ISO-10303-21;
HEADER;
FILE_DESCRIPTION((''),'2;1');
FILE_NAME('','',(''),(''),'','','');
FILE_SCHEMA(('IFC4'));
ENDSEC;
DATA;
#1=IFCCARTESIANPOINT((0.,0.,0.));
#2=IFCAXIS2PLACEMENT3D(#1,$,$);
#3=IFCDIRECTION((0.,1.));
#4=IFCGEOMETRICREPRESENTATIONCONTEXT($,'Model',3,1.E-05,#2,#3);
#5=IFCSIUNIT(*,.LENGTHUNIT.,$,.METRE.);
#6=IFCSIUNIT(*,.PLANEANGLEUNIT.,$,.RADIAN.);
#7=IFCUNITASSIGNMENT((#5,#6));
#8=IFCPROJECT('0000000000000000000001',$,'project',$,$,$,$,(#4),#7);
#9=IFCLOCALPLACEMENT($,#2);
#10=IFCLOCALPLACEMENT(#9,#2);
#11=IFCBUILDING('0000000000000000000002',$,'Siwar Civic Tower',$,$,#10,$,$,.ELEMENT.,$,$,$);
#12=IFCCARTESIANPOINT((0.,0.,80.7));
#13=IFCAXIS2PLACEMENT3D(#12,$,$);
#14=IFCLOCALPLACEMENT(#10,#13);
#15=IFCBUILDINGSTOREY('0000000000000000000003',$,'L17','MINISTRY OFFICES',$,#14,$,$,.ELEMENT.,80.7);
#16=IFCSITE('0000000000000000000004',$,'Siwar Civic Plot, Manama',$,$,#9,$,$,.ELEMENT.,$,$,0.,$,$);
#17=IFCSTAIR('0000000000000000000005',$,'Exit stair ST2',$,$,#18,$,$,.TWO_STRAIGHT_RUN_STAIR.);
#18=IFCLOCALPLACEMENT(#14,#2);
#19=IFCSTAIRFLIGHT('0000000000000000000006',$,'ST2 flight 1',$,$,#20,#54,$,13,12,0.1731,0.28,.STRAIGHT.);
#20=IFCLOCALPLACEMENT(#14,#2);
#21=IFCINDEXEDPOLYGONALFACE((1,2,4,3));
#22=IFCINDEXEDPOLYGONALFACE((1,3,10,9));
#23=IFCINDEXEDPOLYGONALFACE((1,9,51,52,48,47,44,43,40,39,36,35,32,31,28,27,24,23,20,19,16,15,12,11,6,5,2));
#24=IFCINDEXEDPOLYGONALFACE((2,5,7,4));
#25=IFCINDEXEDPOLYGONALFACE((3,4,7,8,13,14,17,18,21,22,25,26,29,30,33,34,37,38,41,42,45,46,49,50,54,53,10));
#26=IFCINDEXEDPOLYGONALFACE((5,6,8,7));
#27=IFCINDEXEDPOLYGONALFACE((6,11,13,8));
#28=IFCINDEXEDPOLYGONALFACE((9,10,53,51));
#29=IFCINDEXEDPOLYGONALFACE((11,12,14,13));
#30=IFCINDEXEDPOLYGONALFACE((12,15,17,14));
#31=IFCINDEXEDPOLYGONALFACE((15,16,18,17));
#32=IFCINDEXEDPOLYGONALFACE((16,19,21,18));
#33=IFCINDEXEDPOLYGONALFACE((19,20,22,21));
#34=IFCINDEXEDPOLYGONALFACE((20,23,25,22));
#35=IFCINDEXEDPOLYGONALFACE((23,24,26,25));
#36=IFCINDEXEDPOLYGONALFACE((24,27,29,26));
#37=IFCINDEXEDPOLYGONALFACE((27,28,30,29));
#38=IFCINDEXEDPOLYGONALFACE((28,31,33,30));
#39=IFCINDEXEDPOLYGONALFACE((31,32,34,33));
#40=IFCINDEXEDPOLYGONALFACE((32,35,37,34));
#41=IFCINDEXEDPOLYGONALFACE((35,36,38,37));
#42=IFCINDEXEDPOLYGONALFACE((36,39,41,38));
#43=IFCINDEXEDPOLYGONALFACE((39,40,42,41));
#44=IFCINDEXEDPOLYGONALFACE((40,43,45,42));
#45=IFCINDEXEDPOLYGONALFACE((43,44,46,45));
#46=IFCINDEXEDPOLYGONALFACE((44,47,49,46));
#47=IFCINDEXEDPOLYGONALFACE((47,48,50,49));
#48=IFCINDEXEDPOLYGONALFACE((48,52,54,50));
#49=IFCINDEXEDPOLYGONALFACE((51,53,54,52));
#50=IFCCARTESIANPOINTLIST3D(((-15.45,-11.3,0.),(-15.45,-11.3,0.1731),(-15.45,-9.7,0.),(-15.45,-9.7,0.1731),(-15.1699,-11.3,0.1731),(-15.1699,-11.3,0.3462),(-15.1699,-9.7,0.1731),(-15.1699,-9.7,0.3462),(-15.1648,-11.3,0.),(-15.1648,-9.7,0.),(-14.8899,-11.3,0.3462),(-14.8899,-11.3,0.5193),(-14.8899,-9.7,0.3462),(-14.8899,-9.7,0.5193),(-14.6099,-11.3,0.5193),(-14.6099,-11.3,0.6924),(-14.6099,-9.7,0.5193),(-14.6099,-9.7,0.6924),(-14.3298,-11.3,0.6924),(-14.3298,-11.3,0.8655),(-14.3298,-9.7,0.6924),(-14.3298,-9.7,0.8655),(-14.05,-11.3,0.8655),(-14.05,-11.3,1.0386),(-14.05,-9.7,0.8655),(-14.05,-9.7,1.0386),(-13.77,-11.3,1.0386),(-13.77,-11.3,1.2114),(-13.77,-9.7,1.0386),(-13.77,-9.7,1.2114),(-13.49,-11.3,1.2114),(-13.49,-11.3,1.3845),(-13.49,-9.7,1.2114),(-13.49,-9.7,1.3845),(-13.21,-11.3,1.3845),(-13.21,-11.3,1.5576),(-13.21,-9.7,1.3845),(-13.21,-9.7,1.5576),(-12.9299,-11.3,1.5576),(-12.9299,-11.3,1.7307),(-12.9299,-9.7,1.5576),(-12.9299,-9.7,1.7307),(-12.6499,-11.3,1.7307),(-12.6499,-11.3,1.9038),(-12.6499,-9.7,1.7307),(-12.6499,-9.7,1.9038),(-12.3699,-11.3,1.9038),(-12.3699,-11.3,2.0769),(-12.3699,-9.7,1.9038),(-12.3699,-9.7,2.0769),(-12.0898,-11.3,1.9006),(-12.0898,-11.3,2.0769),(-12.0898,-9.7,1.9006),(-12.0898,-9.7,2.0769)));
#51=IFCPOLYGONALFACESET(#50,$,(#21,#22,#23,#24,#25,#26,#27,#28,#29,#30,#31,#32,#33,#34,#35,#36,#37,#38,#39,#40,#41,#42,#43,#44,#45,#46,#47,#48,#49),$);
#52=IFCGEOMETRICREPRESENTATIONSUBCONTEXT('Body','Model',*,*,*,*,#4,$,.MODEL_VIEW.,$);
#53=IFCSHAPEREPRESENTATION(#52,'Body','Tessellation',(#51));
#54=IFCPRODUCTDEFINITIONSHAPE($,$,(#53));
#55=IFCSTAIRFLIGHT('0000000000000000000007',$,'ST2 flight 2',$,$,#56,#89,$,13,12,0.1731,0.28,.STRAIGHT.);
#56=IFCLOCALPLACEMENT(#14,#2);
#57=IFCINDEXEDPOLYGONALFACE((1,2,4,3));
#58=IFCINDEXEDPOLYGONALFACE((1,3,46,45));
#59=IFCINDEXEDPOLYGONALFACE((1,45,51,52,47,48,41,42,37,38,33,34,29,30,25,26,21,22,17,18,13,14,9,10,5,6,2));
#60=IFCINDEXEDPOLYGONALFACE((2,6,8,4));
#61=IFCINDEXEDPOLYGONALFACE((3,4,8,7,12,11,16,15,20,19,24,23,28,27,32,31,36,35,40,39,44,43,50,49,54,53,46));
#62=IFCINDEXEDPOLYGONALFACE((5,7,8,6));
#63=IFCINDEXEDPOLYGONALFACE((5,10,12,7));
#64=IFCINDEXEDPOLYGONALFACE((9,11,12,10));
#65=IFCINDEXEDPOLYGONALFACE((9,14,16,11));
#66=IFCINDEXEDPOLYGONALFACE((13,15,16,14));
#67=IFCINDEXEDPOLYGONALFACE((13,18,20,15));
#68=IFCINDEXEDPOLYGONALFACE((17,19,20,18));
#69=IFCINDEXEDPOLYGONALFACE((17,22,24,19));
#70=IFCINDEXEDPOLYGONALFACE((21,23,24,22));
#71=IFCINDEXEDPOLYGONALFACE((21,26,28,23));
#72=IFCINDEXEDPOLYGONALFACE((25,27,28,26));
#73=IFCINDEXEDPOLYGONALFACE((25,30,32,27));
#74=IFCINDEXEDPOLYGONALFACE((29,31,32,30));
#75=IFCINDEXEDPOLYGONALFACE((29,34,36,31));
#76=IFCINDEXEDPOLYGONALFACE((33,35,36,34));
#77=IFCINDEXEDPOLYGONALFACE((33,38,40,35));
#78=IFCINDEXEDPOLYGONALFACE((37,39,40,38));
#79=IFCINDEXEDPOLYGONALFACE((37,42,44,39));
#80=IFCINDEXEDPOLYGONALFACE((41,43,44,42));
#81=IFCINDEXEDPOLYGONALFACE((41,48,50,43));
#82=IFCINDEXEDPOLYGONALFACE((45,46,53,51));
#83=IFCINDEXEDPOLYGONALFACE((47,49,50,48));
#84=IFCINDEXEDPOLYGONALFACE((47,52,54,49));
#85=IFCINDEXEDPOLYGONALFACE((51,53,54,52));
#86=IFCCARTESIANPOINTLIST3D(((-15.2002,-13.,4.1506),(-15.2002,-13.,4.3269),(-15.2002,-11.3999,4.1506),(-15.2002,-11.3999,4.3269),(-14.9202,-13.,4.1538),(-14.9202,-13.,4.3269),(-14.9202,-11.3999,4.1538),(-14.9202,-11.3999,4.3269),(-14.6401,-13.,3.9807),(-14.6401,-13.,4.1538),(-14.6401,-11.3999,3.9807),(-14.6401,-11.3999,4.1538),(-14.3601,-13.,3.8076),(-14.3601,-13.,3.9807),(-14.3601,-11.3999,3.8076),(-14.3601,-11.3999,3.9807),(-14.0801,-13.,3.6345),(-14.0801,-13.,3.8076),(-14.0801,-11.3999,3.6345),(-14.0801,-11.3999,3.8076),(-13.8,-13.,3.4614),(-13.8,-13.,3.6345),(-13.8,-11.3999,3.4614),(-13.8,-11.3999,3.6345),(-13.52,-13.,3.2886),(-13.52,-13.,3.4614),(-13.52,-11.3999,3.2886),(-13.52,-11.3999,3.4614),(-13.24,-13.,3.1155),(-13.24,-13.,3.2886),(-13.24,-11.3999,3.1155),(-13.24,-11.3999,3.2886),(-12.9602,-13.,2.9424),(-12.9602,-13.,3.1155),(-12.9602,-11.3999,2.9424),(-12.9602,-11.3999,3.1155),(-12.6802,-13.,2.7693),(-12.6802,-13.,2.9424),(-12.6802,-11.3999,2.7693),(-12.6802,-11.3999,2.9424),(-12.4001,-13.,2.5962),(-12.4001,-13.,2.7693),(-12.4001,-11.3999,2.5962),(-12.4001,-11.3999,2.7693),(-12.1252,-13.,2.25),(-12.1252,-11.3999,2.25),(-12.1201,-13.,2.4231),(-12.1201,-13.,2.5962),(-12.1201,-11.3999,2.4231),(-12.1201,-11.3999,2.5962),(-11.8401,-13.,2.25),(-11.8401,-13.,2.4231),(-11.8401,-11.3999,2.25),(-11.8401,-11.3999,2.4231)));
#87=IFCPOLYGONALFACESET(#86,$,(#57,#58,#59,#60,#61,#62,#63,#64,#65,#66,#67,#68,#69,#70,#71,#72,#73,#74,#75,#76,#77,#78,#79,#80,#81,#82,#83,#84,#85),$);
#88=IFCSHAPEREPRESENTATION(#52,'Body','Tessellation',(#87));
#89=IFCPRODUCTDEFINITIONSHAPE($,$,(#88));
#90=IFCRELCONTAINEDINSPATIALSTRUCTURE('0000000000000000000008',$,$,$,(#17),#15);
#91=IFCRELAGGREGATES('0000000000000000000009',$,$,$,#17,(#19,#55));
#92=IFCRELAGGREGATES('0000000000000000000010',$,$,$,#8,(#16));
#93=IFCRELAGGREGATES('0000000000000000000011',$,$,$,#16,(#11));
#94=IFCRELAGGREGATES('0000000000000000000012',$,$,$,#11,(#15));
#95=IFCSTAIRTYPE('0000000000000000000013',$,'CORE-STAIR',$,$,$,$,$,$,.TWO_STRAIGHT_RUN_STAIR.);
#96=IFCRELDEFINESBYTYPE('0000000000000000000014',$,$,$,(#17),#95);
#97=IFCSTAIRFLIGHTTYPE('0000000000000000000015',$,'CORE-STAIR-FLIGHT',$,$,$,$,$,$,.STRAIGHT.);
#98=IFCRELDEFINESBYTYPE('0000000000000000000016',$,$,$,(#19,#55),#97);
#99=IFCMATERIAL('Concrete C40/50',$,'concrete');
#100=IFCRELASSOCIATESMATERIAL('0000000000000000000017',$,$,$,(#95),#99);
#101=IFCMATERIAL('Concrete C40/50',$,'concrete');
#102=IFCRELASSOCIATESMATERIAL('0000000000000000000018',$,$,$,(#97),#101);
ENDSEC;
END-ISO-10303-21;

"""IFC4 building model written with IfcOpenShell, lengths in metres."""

from ifc_helpers import new_model, si_unit, direction, frame, origin, place, context, subcontext, project, spatial, polyline, outline, extrude, material, type_object, element, aggregate, save


model = new_model("IFC4")

# Units and contexts
model_context = context("Model", 3, precision=1e-05, world=origin(), true_north=direction((0.0, 1.0)))
body_context = subcontext(model_context, "Body", "Model", "MODEL_VIEW")
ifc_project = project(units=[si_unit("LENGTHUNIT", "METRE"), si_unit("PLANEANGLEUNIT", "RADIAN")], contexts=[model_context])

# Site, building, storey
site_placement = place(None, origin())
site = spatial("IfcSite", under=ifc_project, at=site_placement, Name="Siwar Civic Plot, Manama", CompositionType="ELEMENT", RefElevation=0.0)
building_placement = place(site_placement, origin())
building = spatial("IfcBuilding", under=site, at=building_placement, Name="Siwar Civic Tower", CompositionType="ELEMENT")
storey_placement = place(building_placement, frame((0.0, 0.0, 80.7)))
storey = spatial("IfcBuildingStorey", under=building, at=storey_placement, Name="L17", Description="MINISTRY OFFICES", CompositionType="ELEMENT", Elevation=80.7)

# Stair, stair flights
ifc_material_1 = material(Name="Concrete C40/50", Category="concrete")
stair_type = type_object("IfcStairType", Name="CORE-STAIR", PredefinedType="TWO_STRAIGHT_RUN_STAIR", material=ifc_material_1)
stair_placement = place(storey_placement, origin())
stair = element("IfcStair", 1, at=stair_placement, inside=storey, type_object=stair_type, Name="Exit stair ST2", PredefinedType="TWO_STRAIGHT_RUN_STAIR")
ifc_material_2 = material(Name="Concrete C40/50", Category="concrete")
stair_flight_type = type_object("IfcStairFlightType", Name="CORE-STAIR-FLIGHT", PredefinedType="STRAIGHT", material=ifc_material_2)
stair_flight_1_placement = place(storey_placement, frame((-15.45, -10.5, 0.0), z_axis=(0.0, 0.0, 1.0), x_axis=(1.0, 0.0, 0.0)))
stair_flight_1 = element("IfcStairFlight", 2, at=stair_flight_1_placement, type_object=stair_flight_type, Name="ST2 flight 1", NumberOfRisers=13, NumberOfTreads=12, PredefinedType="STRAIGHT", RiserHeight=0.1731, TreadLength=0.28, context=body_context, shape_type="SweptSolid", body=[
    extrude(outline(polyline([(0.0, 0.0), (0.0, 0.1731), (0.28, 0.1731), (0.28, 0.3462), (0.5601, 0.3462), (0.5601, 0.5193), (0.8401, 0.5193), (0.8401, 0.6924), (1.1201, 0.6924), (1.1201, 0.8655), (1.3999, 0.8655), (1.3999, 1.0386), (1.6799, 1.0386), (1.6799, 1.2114), (1.96, 1.2114), (1.96, 1.3845), (2.24, 1.3845), (2.24, 1.5576), (2.52, 1.5576), (2.52, 1.7307), (2.8, 1.7307), (2.8, 1.9038), (3.0801, 1.9038), (3.0801, 2.0769), (3.3601, 2.0769), (3.3601, 2.25), (3.3601, 1.9006), (0.2852, 0.0), (0.0, 0.0)])), frame((0.0, 0.8, 0.0), z_axis=(0.0, -1.0, 0.0), x_axis=(1.0, 0.0, 0.0)), (0.0, 0.0, 1.0), 1.6001),
])
stair_flight_2_placement = place(storey_placement, frame((-11.8401, -12.2, 2.25), z_axis=(0.0, 0.0, 1.0), x_axis=(-1.0, 0.0, 0.0)))
stair_flight_2 = element("IfcStairFlight", 3, at=stair_flight_2_placement, type_object=stair_flight_type, Name="ST2 flight 2", NumberOfRisers=13, NumberOfTreads=12, PredefinedType="STRAIGHT", RiserHeight=0.1731, TreadLength=0.28, context=body_context, shape_type="SweptSolid", body=[
    extrude(outline(polyline([(0.0, 0.0), (0.0, 0.1731), (0.28, 0.1731), (0.28, 0.3462), (0.5601, 0.3462), (0.5601, 0.5193), (0.8401, 0.5193), (0.8401, 0.6924), (1.1201, 0.6924), (1.1201, 0.8655), (1.3999, 0.8655), (1.3999, 1.0386), (1.6799, 1.0386), (1.6799, 1.2114), (1.96, 1.2114), (1.96, 1.3845), (2.24, 1.3845), (2.24, 1.5576), (2.52, 1.5576), (2.52, 1.7307), (2.8, 1.7307), (2.8, 1.9038), (3.0801, 1.9038), (3.0801, 2.0769), (3.3601, 2.0769), (3.3601, 2.25), (3.3601, 1.9006), (0.2852, 0.0), (0.0, 0.0)])), frame((0.0, 0.8, 0.0), z_axis=(0.0, -1.0, 0.0), x_axis=(1.0, 0.0, 0.0)), (0.0, 0.0, 1.0), 1.6001),
])
aggregate(stair, [stair_flight_1, stair_flight_2])

save(model, "model.ifc")
